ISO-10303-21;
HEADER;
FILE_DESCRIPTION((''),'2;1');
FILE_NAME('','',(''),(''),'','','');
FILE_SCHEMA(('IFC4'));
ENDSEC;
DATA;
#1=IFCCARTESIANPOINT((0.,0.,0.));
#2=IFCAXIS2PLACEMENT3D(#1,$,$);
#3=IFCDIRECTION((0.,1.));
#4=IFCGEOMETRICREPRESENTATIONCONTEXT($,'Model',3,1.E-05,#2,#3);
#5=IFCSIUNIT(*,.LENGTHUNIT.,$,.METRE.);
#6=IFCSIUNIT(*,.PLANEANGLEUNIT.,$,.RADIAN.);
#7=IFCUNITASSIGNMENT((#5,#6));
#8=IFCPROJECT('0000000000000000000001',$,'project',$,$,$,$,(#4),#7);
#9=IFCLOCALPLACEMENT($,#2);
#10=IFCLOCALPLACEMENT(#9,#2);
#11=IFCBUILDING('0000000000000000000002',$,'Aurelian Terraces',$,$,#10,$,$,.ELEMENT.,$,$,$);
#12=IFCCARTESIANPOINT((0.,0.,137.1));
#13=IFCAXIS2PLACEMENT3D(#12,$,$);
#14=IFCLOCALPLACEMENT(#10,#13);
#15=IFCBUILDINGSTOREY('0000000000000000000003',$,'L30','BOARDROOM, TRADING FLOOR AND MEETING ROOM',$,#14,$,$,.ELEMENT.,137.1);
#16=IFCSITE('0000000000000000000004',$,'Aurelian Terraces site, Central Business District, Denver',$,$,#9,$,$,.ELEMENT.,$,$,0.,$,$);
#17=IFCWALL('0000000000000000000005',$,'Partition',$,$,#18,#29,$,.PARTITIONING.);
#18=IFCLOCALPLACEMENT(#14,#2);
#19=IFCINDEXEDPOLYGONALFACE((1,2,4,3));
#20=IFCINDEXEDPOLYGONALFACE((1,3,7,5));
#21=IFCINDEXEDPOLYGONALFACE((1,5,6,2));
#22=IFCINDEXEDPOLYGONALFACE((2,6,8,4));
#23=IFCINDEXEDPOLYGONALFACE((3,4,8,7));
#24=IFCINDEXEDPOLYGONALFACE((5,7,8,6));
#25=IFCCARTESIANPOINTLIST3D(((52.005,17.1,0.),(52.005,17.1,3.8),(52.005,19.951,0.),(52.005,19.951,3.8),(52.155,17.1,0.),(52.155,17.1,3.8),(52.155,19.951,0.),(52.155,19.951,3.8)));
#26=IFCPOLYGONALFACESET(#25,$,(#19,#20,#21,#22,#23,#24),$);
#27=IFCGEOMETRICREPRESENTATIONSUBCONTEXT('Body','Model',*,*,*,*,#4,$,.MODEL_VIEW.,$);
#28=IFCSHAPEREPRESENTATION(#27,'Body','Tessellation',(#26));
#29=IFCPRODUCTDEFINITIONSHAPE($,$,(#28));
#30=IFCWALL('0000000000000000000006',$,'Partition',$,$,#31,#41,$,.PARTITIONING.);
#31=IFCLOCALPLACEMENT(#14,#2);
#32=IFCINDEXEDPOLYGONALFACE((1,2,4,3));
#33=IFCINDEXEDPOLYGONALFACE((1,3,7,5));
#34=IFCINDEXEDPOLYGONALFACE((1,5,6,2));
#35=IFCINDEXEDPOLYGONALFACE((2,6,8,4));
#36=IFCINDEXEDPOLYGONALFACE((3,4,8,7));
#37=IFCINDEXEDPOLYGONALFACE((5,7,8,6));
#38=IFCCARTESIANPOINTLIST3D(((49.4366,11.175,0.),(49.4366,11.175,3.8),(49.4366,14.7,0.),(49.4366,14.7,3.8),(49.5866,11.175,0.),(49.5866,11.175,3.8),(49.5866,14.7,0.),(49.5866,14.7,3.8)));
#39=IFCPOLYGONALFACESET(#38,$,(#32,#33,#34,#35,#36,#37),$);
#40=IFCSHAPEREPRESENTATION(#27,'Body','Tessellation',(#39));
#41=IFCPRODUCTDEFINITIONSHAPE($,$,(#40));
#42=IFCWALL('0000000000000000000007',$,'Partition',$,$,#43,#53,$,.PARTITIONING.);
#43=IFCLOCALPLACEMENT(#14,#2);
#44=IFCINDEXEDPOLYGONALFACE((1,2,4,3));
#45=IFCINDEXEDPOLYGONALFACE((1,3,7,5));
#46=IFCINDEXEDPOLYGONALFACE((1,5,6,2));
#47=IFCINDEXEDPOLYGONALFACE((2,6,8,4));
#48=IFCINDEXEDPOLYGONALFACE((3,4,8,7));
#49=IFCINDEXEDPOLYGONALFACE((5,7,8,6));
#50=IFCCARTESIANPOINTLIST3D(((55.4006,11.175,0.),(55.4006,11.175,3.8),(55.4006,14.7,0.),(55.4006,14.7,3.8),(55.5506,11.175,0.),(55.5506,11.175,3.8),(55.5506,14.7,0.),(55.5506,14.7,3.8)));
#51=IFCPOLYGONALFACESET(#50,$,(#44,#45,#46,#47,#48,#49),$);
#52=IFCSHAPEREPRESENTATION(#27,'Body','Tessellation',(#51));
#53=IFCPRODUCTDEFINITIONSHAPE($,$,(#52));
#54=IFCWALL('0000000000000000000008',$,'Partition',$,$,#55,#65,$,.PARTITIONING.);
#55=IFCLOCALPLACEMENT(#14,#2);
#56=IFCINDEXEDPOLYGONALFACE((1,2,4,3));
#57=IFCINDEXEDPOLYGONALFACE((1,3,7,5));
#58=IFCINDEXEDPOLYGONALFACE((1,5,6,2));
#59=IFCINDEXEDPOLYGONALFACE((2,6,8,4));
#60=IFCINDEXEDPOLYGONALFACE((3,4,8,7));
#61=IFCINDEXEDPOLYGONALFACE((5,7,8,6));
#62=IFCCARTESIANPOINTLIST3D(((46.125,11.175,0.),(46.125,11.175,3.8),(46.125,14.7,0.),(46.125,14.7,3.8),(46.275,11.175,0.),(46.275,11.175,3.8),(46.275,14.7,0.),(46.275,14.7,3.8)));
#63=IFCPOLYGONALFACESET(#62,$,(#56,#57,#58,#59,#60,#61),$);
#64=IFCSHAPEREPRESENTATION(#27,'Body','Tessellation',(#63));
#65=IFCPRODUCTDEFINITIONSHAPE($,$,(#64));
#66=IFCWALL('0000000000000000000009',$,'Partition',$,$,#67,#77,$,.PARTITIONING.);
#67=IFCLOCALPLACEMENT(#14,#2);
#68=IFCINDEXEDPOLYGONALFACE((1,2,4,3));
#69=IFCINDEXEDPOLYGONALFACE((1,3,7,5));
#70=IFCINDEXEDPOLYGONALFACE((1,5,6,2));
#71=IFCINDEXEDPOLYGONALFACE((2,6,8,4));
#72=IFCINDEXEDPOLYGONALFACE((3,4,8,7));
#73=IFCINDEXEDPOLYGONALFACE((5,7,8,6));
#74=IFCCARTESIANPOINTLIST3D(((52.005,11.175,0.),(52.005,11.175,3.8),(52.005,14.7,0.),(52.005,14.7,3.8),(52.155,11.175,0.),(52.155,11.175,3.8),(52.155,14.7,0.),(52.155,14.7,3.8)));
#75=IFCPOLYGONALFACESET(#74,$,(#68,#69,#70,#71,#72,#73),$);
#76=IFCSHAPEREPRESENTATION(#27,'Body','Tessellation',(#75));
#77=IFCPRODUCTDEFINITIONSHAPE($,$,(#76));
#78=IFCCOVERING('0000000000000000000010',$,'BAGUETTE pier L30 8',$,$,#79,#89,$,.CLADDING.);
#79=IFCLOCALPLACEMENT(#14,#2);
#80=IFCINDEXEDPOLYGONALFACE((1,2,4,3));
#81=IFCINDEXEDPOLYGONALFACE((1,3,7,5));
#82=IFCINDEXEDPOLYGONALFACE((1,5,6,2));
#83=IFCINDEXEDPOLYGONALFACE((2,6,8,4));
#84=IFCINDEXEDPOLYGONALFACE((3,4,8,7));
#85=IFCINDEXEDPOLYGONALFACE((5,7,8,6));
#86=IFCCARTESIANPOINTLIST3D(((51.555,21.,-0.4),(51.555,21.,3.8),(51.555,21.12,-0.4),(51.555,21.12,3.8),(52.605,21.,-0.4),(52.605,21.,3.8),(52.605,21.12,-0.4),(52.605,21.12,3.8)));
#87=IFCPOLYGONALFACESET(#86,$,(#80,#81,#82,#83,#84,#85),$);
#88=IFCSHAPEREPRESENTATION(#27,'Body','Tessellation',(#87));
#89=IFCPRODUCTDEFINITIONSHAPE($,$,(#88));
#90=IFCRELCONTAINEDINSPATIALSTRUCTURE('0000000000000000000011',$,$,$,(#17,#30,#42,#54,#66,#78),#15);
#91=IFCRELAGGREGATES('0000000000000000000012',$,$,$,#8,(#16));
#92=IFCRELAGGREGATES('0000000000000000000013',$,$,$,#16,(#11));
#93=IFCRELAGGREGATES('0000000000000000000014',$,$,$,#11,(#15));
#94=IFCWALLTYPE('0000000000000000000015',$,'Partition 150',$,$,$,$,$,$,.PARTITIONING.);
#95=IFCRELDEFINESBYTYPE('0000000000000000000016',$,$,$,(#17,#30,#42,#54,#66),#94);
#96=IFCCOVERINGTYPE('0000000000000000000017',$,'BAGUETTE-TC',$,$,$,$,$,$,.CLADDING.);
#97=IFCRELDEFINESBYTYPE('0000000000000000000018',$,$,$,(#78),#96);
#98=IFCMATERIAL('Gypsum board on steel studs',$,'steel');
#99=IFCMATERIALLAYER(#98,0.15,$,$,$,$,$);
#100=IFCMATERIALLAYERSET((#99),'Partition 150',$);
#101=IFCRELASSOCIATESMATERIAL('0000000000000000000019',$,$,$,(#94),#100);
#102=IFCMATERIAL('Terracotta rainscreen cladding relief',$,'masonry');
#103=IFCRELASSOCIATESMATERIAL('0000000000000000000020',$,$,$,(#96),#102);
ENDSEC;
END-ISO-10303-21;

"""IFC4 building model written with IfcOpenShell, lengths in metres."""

from ifc_helpers import new_model, si_unit, direction, frame, frame_2d, origin, origin_2d, place, context, subcontext, project, spatial, rectangle, extrude, source, transform, mapped, material, layer, layer_set, type_object, element, save


model = new_model("IFC4")

# Units and contexts
model_context = context("Model", 3, precision=1e-05, world=origin(), true_north=direction((0.0, 1.0)))
body_context = subcontext(model_context, "Body", "Model", "MODEL_VIEW")
ifc_project = project(units=[si_unit("LENGTHUNIT", "METRE"), si_unit("PLANEANGLEUNIT", "RADIAN")], contexts=[model_context])

# Site, building, storey
site_placement = place(None, origin())
site = spatial("IfcSite", under=ifc_project, at=site_placement, Name="Aurelian Terraces site, Central Business District, Denver", CompositionType="ELEMENT", RefElevation=0.0)
building_placement = place(site_placement, origin())
building = spatial("IfcBuilding", under=site, at=building_placement, Name="Aurelian Terraces", CompositionType="ELEMENT")
storey_placement = place(building_placement, frame((0.0, 0.0, 137.1)))
storey = spatial("IfcBuildingStorey", under=building, at=storey_placement, Name="L30", Description="BOARDROOM, TRADING FLOOR AND MEETING ROOM", CompositionType="ELEMENT", Elevation=137.1)

# Shared definitions
ifc_material_1 = material(Name="Gypsum board on steel studs", Category="steel")

# Walls
ifc_layer_1 = layer(ifc_material_1, 0.15)
ifc_layer_set_1 = layer_set([ifc_layer_1], Name="Partition 150")
wall_type_1 = type_object("IfcWallType", Name="Partition 150", PredefinedType="PARTITIONING", material=ifc_layer_set_1)
shared_shape_1 = source(origin(), body_context, "Body", "SweptSolid", [
    extrude(rectangle(XDim=2.851, YDim=0.15, at=frame_2d((1.4255, 0.0))), origin(), (0.0, 0.0, 1.0), 3.8),
])
wall_1_placement = place(storey_placement, frame((52.08, 17.1, 0.0), z_axis=(0.0, 0.0, 1.0), x_axis=(0.0, 1.0, 0.0)))
element("IfcWall", 1, at=wall_1_placement, inside=storey, type_object=wall_type_1, Name="Partition", PredefinedType="PARTITIONING", context=body_context, shape_type="MappedRepresentation", body=[
    mapped(shared_shape_1, transform((0.0, 0.0, 0.0), scale=1.0)),
])
shared_shape_2 = source(origin(), body_context, "Body", "SweptSolid", [
    extrude(rectangle(XDim=3.525, YDim=0.15, at=frame_2d((1.7625, 0.0))), origin(), (0.0, 0.0, 1.0), 3.8),
])
for number, where, z_axis, x_axis, name in (
    (2, (49.5116, 11.175, 0.0), (0.0, 0.0, 1.0), (0.0, 1.0, 0.0), "Partition"),
    (3, (55.4756, 11.175, 0.0), (0.0, 0.0, 1.0), (0.0, 1.0, 0.0), "Partition"),
    (4, (46.2, 11.175, 0.0), (0.0, 0.0, 1.0), (0.0, 1.0, 0.0), "Partition"),
    (5, (52.08, 11.175, 0.0), (0.0, 0.0, 1.0), (0.0, 1.0, 0.0), "Partition"),
):
    element("IfcWall", number, at=place(storey_placement, frame(where, z_axis=z_axis, x_axis=x_axis)), inside=storey, type_object=wall_type_1, Name=name, PredefinedType="PARTITIONING", context=body_context, shape_type="MappedRepresentation", body=[
        mapped(shared_shape_2, transform((0.0, 0.0, 0.0), scale=1.0)),
    ])

# Covering
ifc_material_2 = material(Name="Terracotta rainscreen cladding relief", Category="masonry")
covering_type = type_object("IfcCoveringType", Name="BAGUETTE-TC", PredefinedType="CLADDING", material=ifc_material_2)
shared_shape_3 = source(origin(), body_context, "Body", "SweptSolid", [
    extrude(rectangle(XDim=1.05, YDim=0.12, at=origin_2d()), origin(), (0.0, 0.0, 1.0), 4.2),
])
covering_placement = place(storey_placement, frame((52.08, 21.06, -0.4), z_axis=(0.0, 0.0, 1.0), x_axis=(1.0, 0.0, 0.0)))
element("IfcCovering", 6, at=covering_placement, inside=storey, type_object=covering_type, Name="BAGUETTE pier L30 8", PredefinedType="CLADDING", context=body_context, shape_type="MappedRepresentation", body=[
    mapped(shared_shape_3, transform((0.0, 0.0, 0.0), scale=1.0)),
])

save(model, "model.ifc")
